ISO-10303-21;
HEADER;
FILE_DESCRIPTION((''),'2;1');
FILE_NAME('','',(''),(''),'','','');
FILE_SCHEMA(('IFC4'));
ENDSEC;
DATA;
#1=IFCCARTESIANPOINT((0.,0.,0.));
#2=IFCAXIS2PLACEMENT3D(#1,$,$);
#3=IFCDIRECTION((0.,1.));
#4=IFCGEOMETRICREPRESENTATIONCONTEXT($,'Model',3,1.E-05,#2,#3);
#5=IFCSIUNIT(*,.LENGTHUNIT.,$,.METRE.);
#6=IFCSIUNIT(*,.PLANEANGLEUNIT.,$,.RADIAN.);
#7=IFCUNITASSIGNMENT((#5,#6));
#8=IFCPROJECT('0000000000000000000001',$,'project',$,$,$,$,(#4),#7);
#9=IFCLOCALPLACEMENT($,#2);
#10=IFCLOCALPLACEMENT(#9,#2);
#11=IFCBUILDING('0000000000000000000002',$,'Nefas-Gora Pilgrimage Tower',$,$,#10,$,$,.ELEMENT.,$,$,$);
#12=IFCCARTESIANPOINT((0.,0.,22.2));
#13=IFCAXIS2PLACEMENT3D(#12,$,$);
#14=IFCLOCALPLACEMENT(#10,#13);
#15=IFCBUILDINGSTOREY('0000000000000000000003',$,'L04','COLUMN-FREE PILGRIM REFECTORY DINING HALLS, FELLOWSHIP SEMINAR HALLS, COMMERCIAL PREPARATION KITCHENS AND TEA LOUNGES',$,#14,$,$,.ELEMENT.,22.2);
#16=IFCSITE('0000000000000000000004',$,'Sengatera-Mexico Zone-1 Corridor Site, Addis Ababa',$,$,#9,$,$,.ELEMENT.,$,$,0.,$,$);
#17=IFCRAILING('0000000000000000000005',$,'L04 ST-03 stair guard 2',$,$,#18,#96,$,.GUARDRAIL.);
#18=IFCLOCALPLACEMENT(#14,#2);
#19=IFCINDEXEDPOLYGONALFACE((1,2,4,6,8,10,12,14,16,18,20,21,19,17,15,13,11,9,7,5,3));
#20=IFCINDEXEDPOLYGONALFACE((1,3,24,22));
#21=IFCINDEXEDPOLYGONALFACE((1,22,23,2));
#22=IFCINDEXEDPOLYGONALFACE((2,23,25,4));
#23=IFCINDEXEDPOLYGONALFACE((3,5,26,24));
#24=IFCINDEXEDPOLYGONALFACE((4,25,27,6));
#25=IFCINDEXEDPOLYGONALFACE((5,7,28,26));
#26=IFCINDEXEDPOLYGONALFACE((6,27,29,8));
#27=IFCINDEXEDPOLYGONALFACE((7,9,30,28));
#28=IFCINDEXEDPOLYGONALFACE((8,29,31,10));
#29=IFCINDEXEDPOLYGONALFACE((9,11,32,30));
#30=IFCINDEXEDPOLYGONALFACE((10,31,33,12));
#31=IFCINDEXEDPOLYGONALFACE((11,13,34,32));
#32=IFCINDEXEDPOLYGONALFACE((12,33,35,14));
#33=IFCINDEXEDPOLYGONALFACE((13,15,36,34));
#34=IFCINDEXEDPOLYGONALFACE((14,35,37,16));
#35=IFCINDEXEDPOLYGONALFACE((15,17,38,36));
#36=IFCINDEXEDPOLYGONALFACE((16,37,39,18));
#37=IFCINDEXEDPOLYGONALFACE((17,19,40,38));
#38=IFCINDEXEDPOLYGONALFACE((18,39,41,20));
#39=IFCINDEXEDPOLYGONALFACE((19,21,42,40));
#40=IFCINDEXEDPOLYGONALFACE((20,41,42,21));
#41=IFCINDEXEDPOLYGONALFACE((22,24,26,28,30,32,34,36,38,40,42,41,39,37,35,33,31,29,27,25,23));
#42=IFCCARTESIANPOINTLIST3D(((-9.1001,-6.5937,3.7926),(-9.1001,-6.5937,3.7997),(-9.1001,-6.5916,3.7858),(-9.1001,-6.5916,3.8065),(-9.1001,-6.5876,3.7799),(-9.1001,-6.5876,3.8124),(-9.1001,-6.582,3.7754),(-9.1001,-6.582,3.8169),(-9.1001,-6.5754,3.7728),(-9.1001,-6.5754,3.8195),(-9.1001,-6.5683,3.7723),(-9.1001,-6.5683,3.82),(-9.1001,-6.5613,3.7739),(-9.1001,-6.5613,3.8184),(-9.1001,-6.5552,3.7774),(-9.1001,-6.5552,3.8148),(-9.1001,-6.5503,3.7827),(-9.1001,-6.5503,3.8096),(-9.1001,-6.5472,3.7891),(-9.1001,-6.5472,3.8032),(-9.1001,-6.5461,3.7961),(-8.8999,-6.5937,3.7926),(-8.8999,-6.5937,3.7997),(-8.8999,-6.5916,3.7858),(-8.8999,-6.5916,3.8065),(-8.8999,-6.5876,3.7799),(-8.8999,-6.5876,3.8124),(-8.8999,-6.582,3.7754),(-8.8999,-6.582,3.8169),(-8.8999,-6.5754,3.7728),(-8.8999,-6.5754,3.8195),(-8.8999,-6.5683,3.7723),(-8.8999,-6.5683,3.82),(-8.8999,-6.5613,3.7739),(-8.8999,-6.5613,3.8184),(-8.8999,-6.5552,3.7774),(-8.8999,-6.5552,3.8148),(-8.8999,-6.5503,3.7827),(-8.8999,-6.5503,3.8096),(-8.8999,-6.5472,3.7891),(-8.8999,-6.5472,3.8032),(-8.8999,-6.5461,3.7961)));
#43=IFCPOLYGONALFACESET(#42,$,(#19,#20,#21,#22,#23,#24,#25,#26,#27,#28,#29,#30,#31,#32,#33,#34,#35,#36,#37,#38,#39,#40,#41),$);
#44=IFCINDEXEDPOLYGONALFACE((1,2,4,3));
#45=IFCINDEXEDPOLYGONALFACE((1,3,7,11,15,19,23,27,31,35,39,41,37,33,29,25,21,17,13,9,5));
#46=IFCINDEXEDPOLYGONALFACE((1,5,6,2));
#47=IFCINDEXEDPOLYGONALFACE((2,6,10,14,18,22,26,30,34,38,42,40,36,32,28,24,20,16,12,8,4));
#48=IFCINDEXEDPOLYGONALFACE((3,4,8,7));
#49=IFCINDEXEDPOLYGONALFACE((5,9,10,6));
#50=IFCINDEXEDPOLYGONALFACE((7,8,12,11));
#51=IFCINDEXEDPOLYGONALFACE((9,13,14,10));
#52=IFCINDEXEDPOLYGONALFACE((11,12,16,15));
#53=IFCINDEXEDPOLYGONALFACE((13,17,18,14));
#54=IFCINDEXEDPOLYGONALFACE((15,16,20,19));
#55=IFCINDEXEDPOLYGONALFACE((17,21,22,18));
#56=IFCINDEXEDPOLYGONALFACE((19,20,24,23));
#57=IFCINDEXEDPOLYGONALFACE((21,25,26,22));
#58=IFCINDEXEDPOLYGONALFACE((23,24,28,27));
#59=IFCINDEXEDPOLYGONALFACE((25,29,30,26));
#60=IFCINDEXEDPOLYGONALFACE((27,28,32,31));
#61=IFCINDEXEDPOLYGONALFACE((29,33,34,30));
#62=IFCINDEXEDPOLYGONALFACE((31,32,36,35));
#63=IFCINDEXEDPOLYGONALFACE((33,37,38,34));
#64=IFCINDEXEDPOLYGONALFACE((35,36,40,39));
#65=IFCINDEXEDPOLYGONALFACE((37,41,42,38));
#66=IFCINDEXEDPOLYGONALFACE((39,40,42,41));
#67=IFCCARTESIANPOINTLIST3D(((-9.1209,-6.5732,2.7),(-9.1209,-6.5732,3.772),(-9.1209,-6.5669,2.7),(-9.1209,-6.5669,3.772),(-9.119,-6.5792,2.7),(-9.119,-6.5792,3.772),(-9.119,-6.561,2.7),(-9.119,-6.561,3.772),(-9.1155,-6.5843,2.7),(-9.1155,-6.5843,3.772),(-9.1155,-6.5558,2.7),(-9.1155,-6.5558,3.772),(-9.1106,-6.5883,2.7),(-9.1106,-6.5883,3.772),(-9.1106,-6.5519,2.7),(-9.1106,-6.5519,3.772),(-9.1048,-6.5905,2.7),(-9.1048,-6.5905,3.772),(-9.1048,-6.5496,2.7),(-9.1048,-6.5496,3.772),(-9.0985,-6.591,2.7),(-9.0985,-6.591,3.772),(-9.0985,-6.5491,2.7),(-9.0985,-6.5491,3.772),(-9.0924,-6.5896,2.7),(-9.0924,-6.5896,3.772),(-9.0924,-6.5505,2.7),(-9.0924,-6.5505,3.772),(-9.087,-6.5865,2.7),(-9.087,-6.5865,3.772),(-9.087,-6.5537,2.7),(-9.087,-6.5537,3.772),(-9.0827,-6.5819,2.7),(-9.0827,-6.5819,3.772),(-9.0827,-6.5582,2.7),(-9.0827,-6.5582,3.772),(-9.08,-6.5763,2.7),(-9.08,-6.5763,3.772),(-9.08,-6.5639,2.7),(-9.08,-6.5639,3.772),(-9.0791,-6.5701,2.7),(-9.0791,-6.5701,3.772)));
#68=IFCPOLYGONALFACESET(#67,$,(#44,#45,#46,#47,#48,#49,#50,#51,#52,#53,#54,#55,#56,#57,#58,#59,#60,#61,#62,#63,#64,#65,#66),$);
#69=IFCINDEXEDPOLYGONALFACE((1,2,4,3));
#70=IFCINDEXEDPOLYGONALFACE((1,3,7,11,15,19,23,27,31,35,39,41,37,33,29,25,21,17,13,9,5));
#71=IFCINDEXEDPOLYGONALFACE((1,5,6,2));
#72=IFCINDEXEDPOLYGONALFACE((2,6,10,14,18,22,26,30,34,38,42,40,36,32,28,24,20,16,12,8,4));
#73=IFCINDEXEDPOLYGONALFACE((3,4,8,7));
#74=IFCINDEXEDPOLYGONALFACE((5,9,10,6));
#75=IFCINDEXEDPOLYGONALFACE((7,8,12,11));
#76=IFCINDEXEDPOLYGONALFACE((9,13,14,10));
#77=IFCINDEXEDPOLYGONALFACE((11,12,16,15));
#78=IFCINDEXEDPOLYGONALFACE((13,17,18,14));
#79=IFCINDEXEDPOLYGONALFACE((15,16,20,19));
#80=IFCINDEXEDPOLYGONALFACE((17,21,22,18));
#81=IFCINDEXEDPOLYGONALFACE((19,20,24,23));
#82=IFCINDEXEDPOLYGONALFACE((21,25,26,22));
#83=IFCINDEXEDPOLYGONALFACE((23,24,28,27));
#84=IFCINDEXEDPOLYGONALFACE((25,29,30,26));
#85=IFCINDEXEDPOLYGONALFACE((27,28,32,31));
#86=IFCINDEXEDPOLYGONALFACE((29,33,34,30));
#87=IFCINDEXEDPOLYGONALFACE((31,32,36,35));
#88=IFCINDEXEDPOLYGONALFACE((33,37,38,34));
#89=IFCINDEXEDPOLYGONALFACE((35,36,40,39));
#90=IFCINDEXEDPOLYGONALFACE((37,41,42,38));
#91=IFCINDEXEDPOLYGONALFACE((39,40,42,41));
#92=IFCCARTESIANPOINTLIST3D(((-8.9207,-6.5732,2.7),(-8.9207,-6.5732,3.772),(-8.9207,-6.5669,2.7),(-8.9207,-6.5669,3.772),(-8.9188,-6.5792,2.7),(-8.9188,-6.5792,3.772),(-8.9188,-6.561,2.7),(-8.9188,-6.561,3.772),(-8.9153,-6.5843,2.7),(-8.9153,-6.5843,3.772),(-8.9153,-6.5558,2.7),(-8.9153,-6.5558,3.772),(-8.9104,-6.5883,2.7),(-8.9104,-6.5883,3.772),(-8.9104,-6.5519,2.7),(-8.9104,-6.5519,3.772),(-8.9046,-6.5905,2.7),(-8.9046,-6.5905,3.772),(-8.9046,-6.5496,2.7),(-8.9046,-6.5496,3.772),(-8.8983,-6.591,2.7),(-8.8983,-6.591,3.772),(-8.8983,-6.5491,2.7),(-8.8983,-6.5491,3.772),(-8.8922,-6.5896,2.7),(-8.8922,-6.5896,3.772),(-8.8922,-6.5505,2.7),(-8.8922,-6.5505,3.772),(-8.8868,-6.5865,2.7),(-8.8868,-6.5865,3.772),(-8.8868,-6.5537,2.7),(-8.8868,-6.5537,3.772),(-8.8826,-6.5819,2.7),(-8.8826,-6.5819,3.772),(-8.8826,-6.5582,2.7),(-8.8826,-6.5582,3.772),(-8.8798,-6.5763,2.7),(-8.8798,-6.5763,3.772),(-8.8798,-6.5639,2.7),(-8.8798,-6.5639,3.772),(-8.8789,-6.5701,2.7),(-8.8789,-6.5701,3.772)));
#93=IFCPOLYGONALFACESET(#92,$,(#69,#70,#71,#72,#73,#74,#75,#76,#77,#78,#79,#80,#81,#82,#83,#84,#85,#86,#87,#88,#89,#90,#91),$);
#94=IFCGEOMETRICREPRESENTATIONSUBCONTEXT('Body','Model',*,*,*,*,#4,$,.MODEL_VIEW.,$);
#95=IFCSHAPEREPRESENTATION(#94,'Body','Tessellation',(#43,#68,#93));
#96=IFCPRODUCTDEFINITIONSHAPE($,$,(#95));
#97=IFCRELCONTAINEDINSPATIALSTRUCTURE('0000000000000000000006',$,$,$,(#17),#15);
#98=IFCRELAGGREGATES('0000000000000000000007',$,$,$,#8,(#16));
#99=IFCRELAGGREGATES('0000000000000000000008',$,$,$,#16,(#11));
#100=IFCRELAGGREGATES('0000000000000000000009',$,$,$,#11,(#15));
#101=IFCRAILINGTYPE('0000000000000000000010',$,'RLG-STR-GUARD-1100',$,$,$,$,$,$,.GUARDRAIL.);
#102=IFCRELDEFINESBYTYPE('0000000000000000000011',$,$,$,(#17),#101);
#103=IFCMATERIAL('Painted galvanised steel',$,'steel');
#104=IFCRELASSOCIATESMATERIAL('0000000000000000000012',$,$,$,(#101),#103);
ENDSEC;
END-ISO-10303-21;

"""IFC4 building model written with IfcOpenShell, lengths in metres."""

from ifc_helpers import new_model, si_unit, direction, frame, origin, origin_2d, place, context, subcontext, project, spatial, circle, extrude, material, type_object, element, save


model = new_model("IFC4")

# Units and contexts
model_context = context("Model", 3, precision=1e-05, world=origin(), true_north=direction((0.0, 1.0)))
body_context = subcontext(model_context, "Body", "Model", "MODEL_VIEW")
ifc_project = project(units=[si_unit("LENGTHUNIT", "METRE"), si_unit("PLANEANGLEUNIT", "RADIAN")], contexts=[model_context])

# Site, building, storey
site_placement = place(None, origin())
site = spatial("IfcSite", under=ifc_project, at=site_placement, Name="Sengatera-Mexico Zone-1 Corridor Site, Addis Ababa", CompositionType="ELEMENT", RefElevation=0.0)
building_placement = place(site_placement, origin())
building = spatial("IfcBuilding", under=site, at=building_placement, Name="Nefas-Gora Pilgrimage Tower", CompositionType="ELEMENT")
storey_placement = place(building_placement, frame((0.0, 0.0, 22.2)))
storey = spatial("IfcBuildingStorey", under=building, at=storey_placement, Name="L04", Description="COLUMN-FREE PILGRIM REFECTORY DINING HALLS, FELLOWSHIP SEMINAR HALLS, COMMERCIAL PREPARATION KITCHENS AND TEA LOUNGES", CompositionType="ELEMENT", Elevation=22.2)

# Railing
ifc_material_1 = material(Name="Painted galvanised steel", Category="steel")
railing_type = type_object("IfcRailingType", Name="RLG-STR-GUARD-1100", PredefinedType="GUARDRAIL", material=ifc_material_1)
railing_1_placement = place(storey_placement, frame((-9.1001, -6.5701, 2.7)))
element("IfcRailing", 1, at=railing_1_placement, inside=storey, type_object=railing_type, Name="L04 ST-03 stair guard 2", PredefinedType="GUARDRAIL", context=body_context, shape_type="SweptSolid", body=[
    extrude(circle(Radius=0.0239, at=origin_2d()), frame((0.0, 0.0, 1.0962), z_axis=(1.0, 0.0, 0.0), x_axis=(0.0, 1.0, 0.0)), (0.0, 0.0, 1.0), 0.2002),
    extrude(circle(Radius=0.021, at=origin_2d()), origin(), (0.0, 0.0, 1.0), 1.072),
    extrude(circle(Radius=0.021, at=origin_2d()), frame((0.2002, 0.0, 0.0)), (0.0, 0.0, 1.0), 1.072),
])

save(model, "model.ifc")
